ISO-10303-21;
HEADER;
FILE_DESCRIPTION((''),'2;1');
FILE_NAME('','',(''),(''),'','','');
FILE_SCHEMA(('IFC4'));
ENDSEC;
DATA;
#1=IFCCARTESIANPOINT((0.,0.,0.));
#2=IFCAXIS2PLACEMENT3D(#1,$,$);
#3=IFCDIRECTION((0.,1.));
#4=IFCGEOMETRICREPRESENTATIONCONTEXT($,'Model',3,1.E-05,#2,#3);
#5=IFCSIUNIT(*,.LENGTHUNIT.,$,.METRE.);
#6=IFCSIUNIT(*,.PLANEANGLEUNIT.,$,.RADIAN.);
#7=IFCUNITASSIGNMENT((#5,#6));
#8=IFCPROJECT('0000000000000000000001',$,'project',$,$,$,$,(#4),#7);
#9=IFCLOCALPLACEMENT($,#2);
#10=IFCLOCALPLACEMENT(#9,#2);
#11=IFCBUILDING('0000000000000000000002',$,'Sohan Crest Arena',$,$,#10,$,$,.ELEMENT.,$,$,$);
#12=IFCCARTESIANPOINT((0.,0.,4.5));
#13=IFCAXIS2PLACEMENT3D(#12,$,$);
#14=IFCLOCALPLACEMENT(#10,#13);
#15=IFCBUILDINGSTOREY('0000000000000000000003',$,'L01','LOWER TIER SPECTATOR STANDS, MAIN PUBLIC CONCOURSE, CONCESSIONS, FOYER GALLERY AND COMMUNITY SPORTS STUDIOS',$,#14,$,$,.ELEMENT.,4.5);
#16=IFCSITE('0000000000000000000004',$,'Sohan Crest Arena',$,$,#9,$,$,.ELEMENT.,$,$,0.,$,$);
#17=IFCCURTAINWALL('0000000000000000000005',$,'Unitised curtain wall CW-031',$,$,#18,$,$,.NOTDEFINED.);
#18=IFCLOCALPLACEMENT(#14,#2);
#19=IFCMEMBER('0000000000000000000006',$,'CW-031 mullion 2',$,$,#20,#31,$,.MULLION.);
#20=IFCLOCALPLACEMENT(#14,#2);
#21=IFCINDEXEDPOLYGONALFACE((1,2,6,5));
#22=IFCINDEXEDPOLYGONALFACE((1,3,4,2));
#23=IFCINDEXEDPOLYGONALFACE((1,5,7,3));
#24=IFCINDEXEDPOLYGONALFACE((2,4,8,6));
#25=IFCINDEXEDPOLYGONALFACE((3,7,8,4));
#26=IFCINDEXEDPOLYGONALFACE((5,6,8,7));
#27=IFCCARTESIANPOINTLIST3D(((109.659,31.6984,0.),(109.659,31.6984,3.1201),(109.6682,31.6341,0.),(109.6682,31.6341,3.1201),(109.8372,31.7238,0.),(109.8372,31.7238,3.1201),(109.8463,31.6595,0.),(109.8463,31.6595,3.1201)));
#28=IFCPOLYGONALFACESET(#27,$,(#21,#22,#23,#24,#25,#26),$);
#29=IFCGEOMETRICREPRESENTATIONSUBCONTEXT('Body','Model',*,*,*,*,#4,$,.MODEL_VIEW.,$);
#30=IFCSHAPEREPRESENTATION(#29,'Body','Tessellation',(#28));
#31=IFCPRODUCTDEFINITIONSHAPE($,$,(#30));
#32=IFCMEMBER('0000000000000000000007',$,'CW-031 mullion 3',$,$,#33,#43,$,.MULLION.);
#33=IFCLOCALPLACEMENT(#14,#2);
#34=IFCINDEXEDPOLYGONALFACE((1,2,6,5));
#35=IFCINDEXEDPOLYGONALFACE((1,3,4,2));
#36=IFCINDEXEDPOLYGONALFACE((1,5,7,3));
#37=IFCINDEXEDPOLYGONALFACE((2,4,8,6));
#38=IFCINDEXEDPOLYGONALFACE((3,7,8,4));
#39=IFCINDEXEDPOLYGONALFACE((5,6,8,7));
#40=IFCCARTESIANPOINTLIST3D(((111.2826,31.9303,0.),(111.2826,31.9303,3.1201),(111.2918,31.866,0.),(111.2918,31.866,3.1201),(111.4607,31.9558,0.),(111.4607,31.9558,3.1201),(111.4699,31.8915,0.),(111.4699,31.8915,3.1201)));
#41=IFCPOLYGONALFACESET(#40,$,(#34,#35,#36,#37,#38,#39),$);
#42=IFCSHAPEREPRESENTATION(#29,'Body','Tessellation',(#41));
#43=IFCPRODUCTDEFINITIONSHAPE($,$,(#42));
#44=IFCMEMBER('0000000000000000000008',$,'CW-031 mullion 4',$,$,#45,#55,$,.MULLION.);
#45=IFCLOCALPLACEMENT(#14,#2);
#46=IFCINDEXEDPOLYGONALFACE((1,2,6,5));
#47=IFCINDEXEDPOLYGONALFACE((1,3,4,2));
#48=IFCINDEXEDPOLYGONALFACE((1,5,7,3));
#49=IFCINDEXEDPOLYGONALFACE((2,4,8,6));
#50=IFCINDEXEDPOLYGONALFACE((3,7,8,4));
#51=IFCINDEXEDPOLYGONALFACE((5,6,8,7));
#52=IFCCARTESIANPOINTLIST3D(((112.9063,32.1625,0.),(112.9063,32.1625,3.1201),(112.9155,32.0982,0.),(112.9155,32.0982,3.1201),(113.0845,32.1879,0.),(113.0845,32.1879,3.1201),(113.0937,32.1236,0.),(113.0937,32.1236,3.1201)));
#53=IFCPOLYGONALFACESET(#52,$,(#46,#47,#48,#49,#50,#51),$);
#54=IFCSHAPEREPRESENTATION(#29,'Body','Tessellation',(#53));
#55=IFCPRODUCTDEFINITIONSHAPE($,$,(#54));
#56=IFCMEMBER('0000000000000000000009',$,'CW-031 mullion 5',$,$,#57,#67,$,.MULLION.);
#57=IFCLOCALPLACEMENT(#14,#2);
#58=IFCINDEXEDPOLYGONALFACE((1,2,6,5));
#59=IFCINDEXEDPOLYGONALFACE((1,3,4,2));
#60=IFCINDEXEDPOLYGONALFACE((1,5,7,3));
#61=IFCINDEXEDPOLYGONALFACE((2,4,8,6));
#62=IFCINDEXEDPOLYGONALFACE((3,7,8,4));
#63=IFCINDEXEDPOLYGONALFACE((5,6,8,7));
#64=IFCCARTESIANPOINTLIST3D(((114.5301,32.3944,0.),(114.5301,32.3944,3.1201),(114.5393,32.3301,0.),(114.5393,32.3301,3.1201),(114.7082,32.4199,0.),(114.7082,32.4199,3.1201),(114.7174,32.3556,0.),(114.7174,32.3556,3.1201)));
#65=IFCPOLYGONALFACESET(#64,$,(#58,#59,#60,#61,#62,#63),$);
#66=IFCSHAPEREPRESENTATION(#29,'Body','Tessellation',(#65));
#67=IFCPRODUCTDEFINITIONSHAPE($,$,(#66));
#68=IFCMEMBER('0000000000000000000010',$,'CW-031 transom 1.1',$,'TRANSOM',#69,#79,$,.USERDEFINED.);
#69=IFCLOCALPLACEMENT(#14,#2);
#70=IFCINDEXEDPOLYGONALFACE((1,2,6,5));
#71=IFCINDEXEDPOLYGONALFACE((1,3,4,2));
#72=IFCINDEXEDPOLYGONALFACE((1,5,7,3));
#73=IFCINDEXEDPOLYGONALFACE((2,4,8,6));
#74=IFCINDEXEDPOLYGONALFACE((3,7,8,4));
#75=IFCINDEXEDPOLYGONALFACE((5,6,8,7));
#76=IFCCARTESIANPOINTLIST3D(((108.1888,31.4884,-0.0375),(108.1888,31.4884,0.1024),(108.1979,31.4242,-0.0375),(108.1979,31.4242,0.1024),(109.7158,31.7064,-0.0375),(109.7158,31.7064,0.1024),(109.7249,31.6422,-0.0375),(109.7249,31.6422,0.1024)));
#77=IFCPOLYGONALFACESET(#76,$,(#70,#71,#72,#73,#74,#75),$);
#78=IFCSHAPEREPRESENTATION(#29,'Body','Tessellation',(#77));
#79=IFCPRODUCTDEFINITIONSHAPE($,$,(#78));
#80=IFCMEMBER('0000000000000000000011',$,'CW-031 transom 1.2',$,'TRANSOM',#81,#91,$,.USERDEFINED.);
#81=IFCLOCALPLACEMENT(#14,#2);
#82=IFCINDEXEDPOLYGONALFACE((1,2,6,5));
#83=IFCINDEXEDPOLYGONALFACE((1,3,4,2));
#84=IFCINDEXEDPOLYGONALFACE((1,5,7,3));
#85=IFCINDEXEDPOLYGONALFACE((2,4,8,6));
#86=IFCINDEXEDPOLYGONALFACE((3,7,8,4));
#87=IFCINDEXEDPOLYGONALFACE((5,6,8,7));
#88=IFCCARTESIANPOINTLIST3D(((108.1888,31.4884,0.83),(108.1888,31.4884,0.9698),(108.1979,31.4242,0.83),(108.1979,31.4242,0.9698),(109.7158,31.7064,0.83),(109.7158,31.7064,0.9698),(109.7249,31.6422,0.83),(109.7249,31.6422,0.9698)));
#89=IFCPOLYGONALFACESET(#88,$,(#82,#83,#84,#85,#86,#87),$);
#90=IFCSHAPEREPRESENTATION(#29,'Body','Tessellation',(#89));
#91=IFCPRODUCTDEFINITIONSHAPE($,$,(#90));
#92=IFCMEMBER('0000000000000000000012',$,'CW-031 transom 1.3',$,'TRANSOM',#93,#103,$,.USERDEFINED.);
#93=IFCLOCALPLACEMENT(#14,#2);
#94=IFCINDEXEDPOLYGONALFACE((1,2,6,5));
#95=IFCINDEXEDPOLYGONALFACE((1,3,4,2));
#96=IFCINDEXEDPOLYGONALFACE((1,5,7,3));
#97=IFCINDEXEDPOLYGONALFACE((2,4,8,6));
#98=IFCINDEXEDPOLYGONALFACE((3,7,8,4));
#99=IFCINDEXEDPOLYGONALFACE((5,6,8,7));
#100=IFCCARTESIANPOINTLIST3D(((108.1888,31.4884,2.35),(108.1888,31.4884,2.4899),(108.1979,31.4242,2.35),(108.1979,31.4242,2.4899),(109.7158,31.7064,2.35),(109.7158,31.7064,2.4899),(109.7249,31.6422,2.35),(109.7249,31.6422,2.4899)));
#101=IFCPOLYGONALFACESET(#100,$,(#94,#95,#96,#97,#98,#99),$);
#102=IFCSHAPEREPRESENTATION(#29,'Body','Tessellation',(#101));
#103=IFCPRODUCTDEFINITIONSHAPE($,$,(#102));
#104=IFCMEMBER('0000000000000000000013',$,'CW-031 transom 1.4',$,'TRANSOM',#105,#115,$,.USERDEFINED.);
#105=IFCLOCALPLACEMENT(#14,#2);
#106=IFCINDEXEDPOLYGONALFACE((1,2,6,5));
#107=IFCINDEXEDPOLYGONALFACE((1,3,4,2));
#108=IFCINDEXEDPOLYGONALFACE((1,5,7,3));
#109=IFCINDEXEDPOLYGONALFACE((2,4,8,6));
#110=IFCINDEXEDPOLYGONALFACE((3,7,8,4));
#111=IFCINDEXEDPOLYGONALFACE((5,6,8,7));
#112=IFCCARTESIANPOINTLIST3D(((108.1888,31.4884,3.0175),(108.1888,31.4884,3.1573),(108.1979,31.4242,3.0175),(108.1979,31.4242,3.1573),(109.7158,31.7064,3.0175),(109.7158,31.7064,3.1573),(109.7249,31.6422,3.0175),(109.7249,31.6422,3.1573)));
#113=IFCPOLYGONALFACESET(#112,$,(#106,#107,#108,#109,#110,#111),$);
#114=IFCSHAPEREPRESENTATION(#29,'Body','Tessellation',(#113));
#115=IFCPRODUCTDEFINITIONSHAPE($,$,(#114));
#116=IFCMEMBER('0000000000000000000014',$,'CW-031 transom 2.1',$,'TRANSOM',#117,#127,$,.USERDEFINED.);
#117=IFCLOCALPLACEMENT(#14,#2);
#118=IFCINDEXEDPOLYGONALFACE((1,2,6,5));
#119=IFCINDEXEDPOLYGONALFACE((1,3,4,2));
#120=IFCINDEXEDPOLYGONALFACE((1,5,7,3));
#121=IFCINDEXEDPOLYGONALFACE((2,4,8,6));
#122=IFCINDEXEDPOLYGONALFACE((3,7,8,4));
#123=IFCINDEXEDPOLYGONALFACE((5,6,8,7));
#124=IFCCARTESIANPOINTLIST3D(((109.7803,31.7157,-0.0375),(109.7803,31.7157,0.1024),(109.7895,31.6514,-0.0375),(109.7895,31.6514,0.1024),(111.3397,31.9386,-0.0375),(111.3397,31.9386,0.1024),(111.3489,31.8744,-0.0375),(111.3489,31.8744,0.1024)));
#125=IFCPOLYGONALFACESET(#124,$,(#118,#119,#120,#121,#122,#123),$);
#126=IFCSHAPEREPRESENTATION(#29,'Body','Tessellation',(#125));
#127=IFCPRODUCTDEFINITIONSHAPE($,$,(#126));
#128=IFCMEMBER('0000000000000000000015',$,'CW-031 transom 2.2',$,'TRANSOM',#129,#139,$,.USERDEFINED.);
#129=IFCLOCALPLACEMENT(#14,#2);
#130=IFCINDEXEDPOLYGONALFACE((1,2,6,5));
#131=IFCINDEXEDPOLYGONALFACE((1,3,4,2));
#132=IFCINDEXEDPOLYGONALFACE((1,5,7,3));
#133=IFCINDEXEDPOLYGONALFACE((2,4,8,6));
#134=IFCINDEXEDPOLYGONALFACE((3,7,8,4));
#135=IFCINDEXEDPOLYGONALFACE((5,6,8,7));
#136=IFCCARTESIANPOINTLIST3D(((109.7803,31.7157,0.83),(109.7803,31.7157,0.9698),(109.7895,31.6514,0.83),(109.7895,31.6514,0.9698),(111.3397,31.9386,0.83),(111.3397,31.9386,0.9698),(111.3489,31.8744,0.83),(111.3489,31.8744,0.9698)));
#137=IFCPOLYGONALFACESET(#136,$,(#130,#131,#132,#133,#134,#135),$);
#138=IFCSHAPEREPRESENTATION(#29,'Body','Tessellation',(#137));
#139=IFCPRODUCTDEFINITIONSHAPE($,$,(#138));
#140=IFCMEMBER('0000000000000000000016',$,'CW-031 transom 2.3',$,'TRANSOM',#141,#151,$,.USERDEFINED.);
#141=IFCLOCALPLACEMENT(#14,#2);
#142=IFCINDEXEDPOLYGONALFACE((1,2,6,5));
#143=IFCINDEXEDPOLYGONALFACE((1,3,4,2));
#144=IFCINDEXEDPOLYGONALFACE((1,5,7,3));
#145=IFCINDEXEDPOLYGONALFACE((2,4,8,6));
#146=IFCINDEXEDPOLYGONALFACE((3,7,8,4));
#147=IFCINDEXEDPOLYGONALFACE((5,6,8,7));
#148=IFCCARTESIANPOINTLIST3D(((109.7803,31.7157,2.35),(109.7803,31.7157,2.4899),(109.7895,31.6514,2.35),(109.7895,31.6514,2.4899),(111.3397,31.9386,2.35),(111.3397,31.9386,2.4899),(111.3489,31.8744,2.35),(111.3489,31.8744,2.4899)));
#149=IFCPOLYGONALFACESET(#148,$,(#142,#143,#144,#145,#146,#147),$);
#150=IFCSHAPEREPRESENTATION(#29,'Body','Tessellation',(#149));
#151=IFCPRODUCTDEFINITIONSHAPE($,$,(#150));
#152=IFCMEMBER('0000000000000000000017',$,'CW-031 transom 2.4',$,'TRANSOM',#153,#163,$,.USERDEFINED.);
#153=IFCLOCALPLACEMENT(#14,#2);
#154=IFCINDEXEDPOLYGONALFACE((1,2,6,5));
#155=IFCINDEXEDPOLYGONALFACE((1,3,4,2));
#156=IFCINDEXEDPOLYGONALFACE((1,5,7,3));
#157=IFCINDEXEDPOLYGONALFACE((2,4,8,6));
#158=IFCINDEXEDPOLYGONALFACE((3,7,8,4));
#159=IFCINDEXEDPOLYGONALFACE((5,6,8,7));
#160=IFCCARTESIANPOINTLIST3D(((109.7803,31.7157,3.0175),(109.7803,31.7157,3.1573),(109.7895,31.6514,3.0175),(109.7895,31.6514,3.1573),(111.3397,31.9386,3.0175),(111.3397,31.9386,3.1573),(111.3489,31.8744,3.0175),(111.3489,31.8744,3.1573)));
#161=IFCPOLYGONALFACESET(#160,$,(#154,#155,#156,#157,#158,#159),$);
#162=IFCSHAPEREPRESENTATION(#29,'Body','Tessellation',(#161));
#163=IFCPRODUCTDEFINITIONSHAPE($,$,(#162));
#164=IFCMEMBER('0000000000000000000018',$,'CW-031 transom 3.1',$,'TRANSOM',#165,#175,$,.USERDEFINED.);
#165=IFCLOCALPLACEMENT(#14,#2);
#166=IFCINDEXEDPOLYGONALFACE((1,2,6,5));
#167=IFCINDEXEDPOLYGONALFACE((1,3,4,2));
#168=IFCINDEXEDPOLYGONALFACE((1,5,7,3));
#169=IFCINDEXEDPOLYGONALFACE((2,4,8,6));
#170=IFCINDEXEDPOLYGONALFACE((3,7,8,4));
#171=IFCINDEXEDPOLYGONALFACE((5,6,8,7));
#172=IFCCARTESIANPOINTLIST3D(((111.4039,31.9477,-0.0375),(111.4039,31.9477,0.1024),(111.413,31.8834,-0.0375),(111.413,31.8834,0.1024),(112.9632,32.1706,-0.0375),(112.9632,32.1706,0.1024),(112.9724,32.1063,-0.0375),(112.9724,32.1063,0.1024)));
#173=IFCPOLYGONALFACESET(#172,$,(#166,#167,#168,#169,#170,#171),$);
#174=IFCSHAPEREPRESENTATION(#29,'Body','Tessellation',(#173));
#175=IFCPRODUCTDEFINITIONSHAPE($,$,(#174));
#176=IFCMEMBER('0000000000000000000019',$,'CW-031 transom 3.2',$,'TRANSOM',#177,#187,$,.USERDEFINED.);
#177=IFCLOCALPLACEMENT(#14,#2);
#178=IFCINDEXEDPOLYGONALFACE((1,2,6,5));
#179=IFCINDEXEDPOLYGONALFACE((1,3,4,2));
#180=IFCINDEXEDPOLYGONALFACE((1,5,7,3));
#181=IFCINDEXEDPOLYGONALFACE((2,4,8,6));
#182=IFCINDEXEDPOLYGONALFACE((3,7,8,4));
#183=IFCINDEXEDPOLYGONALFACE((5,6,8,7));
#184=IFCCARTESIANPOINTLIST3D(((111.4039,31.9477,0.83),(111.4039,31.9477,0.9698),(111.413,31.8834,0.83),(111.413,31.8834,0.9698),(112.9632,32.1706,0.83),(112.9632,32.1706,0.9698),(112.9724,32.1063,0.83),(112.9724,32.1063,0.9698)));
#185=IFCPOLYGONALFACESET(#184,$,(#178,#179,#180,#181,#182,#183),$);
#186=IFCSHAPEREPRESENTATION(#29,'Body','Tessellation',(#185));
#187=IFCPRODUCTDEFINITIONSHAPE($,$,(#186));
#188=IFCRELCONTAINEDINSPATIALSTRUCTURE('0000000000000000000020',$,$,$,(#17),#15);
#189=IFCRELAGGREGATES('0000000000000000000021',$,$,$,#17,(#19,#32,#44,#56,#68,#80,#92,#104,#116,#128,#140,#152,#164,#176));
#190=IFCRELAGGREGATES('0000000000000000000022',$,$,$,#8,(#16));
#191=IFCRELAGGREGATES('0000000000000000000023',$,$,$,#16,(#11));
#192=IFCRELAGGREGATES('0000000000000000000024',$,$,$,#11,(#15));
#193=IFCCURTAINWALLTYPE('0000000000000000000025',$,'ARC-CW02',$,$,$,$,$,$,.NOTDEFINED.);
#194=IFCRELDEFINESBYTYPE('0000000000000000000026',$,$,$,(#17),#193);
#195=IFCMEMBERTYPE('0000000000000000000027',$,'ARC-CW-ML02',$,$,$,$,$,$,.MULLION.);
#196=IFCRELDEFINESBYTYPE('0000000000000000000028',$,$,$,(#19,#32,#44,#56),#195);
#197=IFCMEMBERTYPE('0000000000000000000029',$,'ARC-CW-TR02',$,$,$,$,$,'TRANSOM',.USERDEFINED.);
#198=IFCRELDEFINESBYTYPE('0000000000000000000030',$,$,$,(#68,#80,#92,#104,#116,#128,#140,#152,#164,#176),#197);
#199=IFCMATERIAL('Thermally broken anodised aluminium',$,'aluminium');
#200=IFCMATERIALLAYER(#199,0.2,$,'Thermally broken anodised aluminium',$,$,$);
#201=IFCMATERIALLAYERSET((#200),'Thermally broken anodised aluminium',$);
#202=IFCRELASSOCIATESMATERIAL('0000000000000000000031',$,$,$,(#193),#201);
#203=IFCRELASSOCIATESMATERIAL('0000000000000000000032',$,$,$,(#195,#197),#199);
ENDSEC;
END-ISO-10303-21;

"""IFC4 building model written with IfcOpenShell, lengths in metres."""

from ifc_helpers import new_model, si_unit, direction, frame, origin, origin_2d, place, context, subcontext, project, spatial, rectangle, extrude, material, layer, layer_set, material_profile, profile_set, type_object, element, aggregate, save


model = new_model("IFC4")

# Units and contexts
model_context = context("Model", 3, precision=1e-05, world=origin(), true_north=direction((0.0, 1.0)))
body_context = subcontext(model_context, "Body", "Model", "MODEL_VIEW")
ifc_project = project(units=[si_unit("LENGTHUNIT", "METRE"), si_unit("PLANEANGLEUNIT", "RADIAN")], contexts=[model_context])

# Site, building, storey
site_placement = place(None, origin())
site = spatial("IfcSite", under=ifc_project, at=site_placement, Name="Sohan Crest Arena", CompositionType="ELEMENT", RefElevation=0.0)
building_placement = place(site_placement, origin())
building = spatial("IfcBuilding", under=site, at=building_placement, Name="Sohan Crest Arena", CompositionType="ELEMENT")
storey_placement = place(building_placement, frame((0.0, 0.0, 4.5)))
storey = spatial("IfcBuildingStorey", under=building, at=storey_placement, Name="L01", Description="LOWER TIER SPECTATOR STANDS, MAIN PUBLIC CONCOURSE, CONCESSIONS, FOYER GALLERY AND COMMUNITY SPORTS STUDIOS", CompositionType="ELEMENT", Elevation=4.5)

# Curtain wall, members
ifc_material_1 = material(Name="Thermally broken anodised aluminium", Category="aluminium")
ifc_layer_1 = layer(ifc_material_1, 0.2, Name="Thermally broken anodised aluminium")
ifc_layer_set_1 = layer_set([ifc_layer_1], Name="Thermally broken anodised aluminium")
curtain_wall_type = type_object("IfcCurtainWallType", Name="ARC-CW02", PredefinedType="NOTDEFINED", material=ifc_layer_set_1)
curtain_wall_placement = place(storey_placement, origin())
curtain_wall = element("IfcCurtainWall", 1, at=curtain_wall_placement, inside=storey, type_object=curtain_wall_type, Name="Unitised curtain wall CW-031", PredefinedType="NOTDEFINED")
ifc_material_profile_1 = material_profile(ifc_material_1, rectangle(XDim=0.0649, YDim=0.1799, at=origin_2d()), Name="ALU-MULL 65x180")
ifc_profile_set_1 = profile_set([ifc_material_profile_1], Name="Thermally broken anodised aluminium")
member_type_1 = type_object("IfcMemberType", Name="ARC-CW-ML02", PredefinedType="MULLION", material=ifc_profile_set_1)
member_1_placement = place(storey_placement, frame((109.7527, 31.679, 0.0), z_axis=(0.0, 0.0, 1.0), x_axis=(-0.14145, 0.989945, 0.0)))
member_1 = element("IfcMember", 2, at=member_1_placement, type_object=member_type_1, Name="CW-031 mullion 2", PredefinedType="MULLION", context=body_context, shape_type="SweptSolid", body=[
    extrude(rectangle(XDim=0.0649, YDim=0.1799, at=origin_2d()), origin(), (0.0, 0.0, 1.0), 3.1201),
])
member_2_placement = place(storey_placement, frame((111.3762, 31.9109, 0.0), z_axis=(0.0, 0.0, 1.0), x_axis=(-0.14145, 0.989945, 0.0)))
member_2 = element("IfcMember", 3, at=member_2_placement, type_object=member_type_1, Name="CW-031 mullion 3", PredefinedType="MULLION", context=body_context, shape_type="SweptSolid", body=[
    extrude(rectangle(XDim=0.0649, YDim=0.1799, at=origin_2d()), origin(), (0.0, 0.0, 1.0), 3.1201),
])
member_3_placement = place(storey_placement, frame((113.0, 32.1431, 0.0), z_axis=(0.0, 0.0, 1.0), x_axis=(-0.14145, 0.989945, 0.0)))
member_3 = element("IfcMember", 4, at=member_3_placement, type_object=member_type_1, Name="CW-031 mullion 4", PredefinedType="MULLION", context=body_context, shape_type="SweptSolid", body=[
    extrude(rectangle(XDim=0.0649, YDim=0.1799, at=origin_2d()), origin(), (0.0, 0.0, 1.0), 3.1201),
])
member_4_placement = place(storey_placement, frame((114.6238, 32.375, 0.0), z_axis=(0.0, 0.0, 1.0), x_axis=(-0.14145, 0.989945, 0.0)))
member_4 = element("IfcMember", 5, at=member_4_placement, type_object=member_type_1, Name="CW-031 mullion 5", PredefinedType="MULLION", context=body_context, shape_type="SweptSolid", body=[
    extrude(rectangle(XDim=0.0649, YDim=0.1799, at=origin_2d()), origin(), (0.0, 0.0, 1.0), 3.1201),
])
ifc_material_profile_2 = material_profile(ifc_material_1, rectangle(XDim=0.0649, YDim=0.1399, at=origin_2d()), Name="ALU-TRAN 65x140")
ifc_profile_set_2 = profile_set([ifc_material_profile_2], Name="Thermally broken anodised aluminium")
member_type_2 = type_object("IfcMemberType", Name="ARC-CW-TR02", ElementType="TRANSOM", PredefinedType="USERDEFINED", material=ifc_profile_set_2)
member_5_placement = place(storey_placement, frame((108.1934, 31.4563, 0.0325), z_axis=(0.989962, 0.141333, 0.0), x_axis=(-0.141333, 0.989962, 0.0)))
member_5 = element("IfcMember", 6, at=member_5_placement, type_object=member_type_2, Name="CW-031 transom 1.1", ObjectType="TRANSOM", PredefinedType="USERDEFINED", context=body_context, shape_type="SweptSolid", body=[
    extrude(rectangle(XDim=0.0649, YDim=0.1399, at=origin_2d()), origin(), (0.0, 0.0, 1.0), 1.5425),
])
member_6_placement = place(storey_placement, frame((108.1934, 31.4563, 0.8999), z_axis=(0.989962, 0.141333, 0.0), x_axis=(-0.141333, 0.989962, 0.0)))
member_6 = element("IfcMember", 7, at=member_6_placement, type_object=member_type_2, Name="CW-031 transom 1.2", ObjectType="TRANSOM", PredefinedType="USERDEFINED", context=body_context, shape_type="SweptSolid", body=[
    extrude(rectangle(XDim=0.0649, YDim=0.1399, at=origin_2d()), origin(), (0.0, 0.0, 1.0), 1.5425),
])
member_7_placement = place(storey_placement, frame((108.1934, 31.4563, 2.4199), z_axis=(0.989962, 0.141333, 0.0), x_axis=(-0.141333, 0.989962, 0.0)))
member_7 = element("IfcMember", 8, at=member_7_placement, type_object=member_type_2, Name="CW-031 transom 1.3", ObjectType="TRANSOM", PredefinedType="USERDEFINED", context=body_context, shape_type="SweptSolid", body=[
    extrude(rectangle(XDim=0.0649, YDim=0.1399, at=origin_2d()), origin(), (0.0, 0.0, 1.0), 1.5425),
])
member_8_placement = place(storey_placement, frame((108.1934, 31.4563, 3.0874), z_axis=(0.989962, 0.141333, 0.0), x_axis=(-0.141333, 0.989962, 0.0)))
member_8 = element("IfcMember", 9, at=member_8_placement, type_object=member_type_2, Name="CW-031 transom 1.4", ObjectType="TRANSOM", PredefinedType="USERDEFINED", context=body_context, shape_type="SweptSolid", body=[
    extrude(rectangle(XDim=0.0649, YDim=0.1399, at=origin_2d()), origin(), (0.0, 0.0, 1.0), 1.5425),
])
member_9_placement = place(storey_placement, frame((109.7849, 31.6836, 0.0325), z_axis=(0.989937, 0.141508, 0.0), x_axis=(-0.141508, 0.989937, 0.0)))
member_9 = element("IfcMember", 10, at=member_9_placement, type_object=member_type_2, Name="CW-031 transom 2.1", ObjectType="TRANSOM", PredefinedType="USERDEFINED", context=body_context, shape_type="SweptSolid", body=[
    extrude(rectangle(XDim=0.0649, YDim=0.1399, at=origin_2d()), origin(), (0.0, 0.0, 1.0), 1.5752),
])
member_10_placement = place(storey_placement, frame((109.7849, 31.6836, 0.8999), z_axis=(0.989937, 0.141508, 0.0), x_axis=(-0.141508, 0.989937, 0.0)))
member_10 = element("IfcMember", 11, at=member_10_placement, type_object=member_type_2, Name="CW-031 transom 2.2", ObjectType="TRANSOM", PredefinedType="USERDEFINED", context=body_context, shape_type="SweptSolid", body=[
    extrude(rectangle(XDim=0.0649, YDim=0.1399, at=origin_2d()), origin(), (0.0, 0.0, 1.0), 1.5752),
])
member_11_placement = place(storey_placement, frame((109.7849, 31.6836, 2.4199), z_axis=(0.989937, 0.141508, 0.0), x_axis=(-0.141508, 0.989937, 0.0)))
member_11 = element("IfcMember", 12, at=member_11_placement, type_object=member_type_2, Name="CW-031 transom 2.3", ObjectType="TRANSOM", PredefinedType="USERDEFINED", context=body_context, shape_type="SweptSolid", body=[
    extrude(rectangle(XDim=0.0649, YDim=0.1399, at=origin_2d()), origin(), (0.0, 0.0, 1.0), 1.5752),
])
member_12_placement = place(storey_placement, frame((109.7849, 31.6836, 3.0874), z_axis=(0.989937, 0.141508, 0.0), x_axis=(-0.141508, 0.989937, 0.0)))
member_12 = element("IfcMember", 13, at=member_12_placement, type_object=member_type_2, Name="CW-031 transom 2.4", ObjectType="TRANSOM", PredefinedType="USERDEFINED", context=body_context, shape_type="SweptSolid", body=[
    extrude(rectangle(XDim=0.0649, YDim=0.1399, at=origin_2d()), origin(), (0.0, 0.0, 1.0), 1.5752),
])
member_13_placement = place(storey_placement, frame((111.4084, 31.9155, 0.0325), z_axis=(0.989937, 0.141508, 0.0), x_axis=(-0.141508, 0.989937, 0.0)))
member_13 = element("IfcMember", 14, at=member_13_placement, type_object=member_type_2, Name="CW-031 transom 3.1", ObjectType="TRANSOM", PredefinedType="USERDEFINED", context=body_context, shape_type="SweptSolid", body=[
    extrude(rectangle(XDim=0.0649, YDim=0.1399, at=origin_2d()), origin(), (0.0, 0.0, 1.0), 1.5752),
])
member_14_placement = place(storey_placement, frame((111.4084, 31.9155, 0.8999), z_axis=(0.989937, 0.141508, 0.0), x_axis=(-0.141508, 0.989937, 0.0)))
member_14 = element("IfcMember", 15, at=member_14_placement, type_object=member_type_2, Name="CW-031 transom 3.2", ObjectType="TRANSOM", PredefinedType="USERDEFINED", context=body_context, shape_type="SweptSolid", body=[
    extrude(rectangle(XDim=0.0649, YDim=0.1399, at=origin_2d()), origin(), (0.0, 0.0, 1.0), 1.5752),
])
aggregate(curtain_wall, [member_1, member_2, member_3, member_4, member_5, member_6, member_7, member_8, member_9, member_10, member_11, member_12, member_13, member_14])

save(model, "model.ifc")
